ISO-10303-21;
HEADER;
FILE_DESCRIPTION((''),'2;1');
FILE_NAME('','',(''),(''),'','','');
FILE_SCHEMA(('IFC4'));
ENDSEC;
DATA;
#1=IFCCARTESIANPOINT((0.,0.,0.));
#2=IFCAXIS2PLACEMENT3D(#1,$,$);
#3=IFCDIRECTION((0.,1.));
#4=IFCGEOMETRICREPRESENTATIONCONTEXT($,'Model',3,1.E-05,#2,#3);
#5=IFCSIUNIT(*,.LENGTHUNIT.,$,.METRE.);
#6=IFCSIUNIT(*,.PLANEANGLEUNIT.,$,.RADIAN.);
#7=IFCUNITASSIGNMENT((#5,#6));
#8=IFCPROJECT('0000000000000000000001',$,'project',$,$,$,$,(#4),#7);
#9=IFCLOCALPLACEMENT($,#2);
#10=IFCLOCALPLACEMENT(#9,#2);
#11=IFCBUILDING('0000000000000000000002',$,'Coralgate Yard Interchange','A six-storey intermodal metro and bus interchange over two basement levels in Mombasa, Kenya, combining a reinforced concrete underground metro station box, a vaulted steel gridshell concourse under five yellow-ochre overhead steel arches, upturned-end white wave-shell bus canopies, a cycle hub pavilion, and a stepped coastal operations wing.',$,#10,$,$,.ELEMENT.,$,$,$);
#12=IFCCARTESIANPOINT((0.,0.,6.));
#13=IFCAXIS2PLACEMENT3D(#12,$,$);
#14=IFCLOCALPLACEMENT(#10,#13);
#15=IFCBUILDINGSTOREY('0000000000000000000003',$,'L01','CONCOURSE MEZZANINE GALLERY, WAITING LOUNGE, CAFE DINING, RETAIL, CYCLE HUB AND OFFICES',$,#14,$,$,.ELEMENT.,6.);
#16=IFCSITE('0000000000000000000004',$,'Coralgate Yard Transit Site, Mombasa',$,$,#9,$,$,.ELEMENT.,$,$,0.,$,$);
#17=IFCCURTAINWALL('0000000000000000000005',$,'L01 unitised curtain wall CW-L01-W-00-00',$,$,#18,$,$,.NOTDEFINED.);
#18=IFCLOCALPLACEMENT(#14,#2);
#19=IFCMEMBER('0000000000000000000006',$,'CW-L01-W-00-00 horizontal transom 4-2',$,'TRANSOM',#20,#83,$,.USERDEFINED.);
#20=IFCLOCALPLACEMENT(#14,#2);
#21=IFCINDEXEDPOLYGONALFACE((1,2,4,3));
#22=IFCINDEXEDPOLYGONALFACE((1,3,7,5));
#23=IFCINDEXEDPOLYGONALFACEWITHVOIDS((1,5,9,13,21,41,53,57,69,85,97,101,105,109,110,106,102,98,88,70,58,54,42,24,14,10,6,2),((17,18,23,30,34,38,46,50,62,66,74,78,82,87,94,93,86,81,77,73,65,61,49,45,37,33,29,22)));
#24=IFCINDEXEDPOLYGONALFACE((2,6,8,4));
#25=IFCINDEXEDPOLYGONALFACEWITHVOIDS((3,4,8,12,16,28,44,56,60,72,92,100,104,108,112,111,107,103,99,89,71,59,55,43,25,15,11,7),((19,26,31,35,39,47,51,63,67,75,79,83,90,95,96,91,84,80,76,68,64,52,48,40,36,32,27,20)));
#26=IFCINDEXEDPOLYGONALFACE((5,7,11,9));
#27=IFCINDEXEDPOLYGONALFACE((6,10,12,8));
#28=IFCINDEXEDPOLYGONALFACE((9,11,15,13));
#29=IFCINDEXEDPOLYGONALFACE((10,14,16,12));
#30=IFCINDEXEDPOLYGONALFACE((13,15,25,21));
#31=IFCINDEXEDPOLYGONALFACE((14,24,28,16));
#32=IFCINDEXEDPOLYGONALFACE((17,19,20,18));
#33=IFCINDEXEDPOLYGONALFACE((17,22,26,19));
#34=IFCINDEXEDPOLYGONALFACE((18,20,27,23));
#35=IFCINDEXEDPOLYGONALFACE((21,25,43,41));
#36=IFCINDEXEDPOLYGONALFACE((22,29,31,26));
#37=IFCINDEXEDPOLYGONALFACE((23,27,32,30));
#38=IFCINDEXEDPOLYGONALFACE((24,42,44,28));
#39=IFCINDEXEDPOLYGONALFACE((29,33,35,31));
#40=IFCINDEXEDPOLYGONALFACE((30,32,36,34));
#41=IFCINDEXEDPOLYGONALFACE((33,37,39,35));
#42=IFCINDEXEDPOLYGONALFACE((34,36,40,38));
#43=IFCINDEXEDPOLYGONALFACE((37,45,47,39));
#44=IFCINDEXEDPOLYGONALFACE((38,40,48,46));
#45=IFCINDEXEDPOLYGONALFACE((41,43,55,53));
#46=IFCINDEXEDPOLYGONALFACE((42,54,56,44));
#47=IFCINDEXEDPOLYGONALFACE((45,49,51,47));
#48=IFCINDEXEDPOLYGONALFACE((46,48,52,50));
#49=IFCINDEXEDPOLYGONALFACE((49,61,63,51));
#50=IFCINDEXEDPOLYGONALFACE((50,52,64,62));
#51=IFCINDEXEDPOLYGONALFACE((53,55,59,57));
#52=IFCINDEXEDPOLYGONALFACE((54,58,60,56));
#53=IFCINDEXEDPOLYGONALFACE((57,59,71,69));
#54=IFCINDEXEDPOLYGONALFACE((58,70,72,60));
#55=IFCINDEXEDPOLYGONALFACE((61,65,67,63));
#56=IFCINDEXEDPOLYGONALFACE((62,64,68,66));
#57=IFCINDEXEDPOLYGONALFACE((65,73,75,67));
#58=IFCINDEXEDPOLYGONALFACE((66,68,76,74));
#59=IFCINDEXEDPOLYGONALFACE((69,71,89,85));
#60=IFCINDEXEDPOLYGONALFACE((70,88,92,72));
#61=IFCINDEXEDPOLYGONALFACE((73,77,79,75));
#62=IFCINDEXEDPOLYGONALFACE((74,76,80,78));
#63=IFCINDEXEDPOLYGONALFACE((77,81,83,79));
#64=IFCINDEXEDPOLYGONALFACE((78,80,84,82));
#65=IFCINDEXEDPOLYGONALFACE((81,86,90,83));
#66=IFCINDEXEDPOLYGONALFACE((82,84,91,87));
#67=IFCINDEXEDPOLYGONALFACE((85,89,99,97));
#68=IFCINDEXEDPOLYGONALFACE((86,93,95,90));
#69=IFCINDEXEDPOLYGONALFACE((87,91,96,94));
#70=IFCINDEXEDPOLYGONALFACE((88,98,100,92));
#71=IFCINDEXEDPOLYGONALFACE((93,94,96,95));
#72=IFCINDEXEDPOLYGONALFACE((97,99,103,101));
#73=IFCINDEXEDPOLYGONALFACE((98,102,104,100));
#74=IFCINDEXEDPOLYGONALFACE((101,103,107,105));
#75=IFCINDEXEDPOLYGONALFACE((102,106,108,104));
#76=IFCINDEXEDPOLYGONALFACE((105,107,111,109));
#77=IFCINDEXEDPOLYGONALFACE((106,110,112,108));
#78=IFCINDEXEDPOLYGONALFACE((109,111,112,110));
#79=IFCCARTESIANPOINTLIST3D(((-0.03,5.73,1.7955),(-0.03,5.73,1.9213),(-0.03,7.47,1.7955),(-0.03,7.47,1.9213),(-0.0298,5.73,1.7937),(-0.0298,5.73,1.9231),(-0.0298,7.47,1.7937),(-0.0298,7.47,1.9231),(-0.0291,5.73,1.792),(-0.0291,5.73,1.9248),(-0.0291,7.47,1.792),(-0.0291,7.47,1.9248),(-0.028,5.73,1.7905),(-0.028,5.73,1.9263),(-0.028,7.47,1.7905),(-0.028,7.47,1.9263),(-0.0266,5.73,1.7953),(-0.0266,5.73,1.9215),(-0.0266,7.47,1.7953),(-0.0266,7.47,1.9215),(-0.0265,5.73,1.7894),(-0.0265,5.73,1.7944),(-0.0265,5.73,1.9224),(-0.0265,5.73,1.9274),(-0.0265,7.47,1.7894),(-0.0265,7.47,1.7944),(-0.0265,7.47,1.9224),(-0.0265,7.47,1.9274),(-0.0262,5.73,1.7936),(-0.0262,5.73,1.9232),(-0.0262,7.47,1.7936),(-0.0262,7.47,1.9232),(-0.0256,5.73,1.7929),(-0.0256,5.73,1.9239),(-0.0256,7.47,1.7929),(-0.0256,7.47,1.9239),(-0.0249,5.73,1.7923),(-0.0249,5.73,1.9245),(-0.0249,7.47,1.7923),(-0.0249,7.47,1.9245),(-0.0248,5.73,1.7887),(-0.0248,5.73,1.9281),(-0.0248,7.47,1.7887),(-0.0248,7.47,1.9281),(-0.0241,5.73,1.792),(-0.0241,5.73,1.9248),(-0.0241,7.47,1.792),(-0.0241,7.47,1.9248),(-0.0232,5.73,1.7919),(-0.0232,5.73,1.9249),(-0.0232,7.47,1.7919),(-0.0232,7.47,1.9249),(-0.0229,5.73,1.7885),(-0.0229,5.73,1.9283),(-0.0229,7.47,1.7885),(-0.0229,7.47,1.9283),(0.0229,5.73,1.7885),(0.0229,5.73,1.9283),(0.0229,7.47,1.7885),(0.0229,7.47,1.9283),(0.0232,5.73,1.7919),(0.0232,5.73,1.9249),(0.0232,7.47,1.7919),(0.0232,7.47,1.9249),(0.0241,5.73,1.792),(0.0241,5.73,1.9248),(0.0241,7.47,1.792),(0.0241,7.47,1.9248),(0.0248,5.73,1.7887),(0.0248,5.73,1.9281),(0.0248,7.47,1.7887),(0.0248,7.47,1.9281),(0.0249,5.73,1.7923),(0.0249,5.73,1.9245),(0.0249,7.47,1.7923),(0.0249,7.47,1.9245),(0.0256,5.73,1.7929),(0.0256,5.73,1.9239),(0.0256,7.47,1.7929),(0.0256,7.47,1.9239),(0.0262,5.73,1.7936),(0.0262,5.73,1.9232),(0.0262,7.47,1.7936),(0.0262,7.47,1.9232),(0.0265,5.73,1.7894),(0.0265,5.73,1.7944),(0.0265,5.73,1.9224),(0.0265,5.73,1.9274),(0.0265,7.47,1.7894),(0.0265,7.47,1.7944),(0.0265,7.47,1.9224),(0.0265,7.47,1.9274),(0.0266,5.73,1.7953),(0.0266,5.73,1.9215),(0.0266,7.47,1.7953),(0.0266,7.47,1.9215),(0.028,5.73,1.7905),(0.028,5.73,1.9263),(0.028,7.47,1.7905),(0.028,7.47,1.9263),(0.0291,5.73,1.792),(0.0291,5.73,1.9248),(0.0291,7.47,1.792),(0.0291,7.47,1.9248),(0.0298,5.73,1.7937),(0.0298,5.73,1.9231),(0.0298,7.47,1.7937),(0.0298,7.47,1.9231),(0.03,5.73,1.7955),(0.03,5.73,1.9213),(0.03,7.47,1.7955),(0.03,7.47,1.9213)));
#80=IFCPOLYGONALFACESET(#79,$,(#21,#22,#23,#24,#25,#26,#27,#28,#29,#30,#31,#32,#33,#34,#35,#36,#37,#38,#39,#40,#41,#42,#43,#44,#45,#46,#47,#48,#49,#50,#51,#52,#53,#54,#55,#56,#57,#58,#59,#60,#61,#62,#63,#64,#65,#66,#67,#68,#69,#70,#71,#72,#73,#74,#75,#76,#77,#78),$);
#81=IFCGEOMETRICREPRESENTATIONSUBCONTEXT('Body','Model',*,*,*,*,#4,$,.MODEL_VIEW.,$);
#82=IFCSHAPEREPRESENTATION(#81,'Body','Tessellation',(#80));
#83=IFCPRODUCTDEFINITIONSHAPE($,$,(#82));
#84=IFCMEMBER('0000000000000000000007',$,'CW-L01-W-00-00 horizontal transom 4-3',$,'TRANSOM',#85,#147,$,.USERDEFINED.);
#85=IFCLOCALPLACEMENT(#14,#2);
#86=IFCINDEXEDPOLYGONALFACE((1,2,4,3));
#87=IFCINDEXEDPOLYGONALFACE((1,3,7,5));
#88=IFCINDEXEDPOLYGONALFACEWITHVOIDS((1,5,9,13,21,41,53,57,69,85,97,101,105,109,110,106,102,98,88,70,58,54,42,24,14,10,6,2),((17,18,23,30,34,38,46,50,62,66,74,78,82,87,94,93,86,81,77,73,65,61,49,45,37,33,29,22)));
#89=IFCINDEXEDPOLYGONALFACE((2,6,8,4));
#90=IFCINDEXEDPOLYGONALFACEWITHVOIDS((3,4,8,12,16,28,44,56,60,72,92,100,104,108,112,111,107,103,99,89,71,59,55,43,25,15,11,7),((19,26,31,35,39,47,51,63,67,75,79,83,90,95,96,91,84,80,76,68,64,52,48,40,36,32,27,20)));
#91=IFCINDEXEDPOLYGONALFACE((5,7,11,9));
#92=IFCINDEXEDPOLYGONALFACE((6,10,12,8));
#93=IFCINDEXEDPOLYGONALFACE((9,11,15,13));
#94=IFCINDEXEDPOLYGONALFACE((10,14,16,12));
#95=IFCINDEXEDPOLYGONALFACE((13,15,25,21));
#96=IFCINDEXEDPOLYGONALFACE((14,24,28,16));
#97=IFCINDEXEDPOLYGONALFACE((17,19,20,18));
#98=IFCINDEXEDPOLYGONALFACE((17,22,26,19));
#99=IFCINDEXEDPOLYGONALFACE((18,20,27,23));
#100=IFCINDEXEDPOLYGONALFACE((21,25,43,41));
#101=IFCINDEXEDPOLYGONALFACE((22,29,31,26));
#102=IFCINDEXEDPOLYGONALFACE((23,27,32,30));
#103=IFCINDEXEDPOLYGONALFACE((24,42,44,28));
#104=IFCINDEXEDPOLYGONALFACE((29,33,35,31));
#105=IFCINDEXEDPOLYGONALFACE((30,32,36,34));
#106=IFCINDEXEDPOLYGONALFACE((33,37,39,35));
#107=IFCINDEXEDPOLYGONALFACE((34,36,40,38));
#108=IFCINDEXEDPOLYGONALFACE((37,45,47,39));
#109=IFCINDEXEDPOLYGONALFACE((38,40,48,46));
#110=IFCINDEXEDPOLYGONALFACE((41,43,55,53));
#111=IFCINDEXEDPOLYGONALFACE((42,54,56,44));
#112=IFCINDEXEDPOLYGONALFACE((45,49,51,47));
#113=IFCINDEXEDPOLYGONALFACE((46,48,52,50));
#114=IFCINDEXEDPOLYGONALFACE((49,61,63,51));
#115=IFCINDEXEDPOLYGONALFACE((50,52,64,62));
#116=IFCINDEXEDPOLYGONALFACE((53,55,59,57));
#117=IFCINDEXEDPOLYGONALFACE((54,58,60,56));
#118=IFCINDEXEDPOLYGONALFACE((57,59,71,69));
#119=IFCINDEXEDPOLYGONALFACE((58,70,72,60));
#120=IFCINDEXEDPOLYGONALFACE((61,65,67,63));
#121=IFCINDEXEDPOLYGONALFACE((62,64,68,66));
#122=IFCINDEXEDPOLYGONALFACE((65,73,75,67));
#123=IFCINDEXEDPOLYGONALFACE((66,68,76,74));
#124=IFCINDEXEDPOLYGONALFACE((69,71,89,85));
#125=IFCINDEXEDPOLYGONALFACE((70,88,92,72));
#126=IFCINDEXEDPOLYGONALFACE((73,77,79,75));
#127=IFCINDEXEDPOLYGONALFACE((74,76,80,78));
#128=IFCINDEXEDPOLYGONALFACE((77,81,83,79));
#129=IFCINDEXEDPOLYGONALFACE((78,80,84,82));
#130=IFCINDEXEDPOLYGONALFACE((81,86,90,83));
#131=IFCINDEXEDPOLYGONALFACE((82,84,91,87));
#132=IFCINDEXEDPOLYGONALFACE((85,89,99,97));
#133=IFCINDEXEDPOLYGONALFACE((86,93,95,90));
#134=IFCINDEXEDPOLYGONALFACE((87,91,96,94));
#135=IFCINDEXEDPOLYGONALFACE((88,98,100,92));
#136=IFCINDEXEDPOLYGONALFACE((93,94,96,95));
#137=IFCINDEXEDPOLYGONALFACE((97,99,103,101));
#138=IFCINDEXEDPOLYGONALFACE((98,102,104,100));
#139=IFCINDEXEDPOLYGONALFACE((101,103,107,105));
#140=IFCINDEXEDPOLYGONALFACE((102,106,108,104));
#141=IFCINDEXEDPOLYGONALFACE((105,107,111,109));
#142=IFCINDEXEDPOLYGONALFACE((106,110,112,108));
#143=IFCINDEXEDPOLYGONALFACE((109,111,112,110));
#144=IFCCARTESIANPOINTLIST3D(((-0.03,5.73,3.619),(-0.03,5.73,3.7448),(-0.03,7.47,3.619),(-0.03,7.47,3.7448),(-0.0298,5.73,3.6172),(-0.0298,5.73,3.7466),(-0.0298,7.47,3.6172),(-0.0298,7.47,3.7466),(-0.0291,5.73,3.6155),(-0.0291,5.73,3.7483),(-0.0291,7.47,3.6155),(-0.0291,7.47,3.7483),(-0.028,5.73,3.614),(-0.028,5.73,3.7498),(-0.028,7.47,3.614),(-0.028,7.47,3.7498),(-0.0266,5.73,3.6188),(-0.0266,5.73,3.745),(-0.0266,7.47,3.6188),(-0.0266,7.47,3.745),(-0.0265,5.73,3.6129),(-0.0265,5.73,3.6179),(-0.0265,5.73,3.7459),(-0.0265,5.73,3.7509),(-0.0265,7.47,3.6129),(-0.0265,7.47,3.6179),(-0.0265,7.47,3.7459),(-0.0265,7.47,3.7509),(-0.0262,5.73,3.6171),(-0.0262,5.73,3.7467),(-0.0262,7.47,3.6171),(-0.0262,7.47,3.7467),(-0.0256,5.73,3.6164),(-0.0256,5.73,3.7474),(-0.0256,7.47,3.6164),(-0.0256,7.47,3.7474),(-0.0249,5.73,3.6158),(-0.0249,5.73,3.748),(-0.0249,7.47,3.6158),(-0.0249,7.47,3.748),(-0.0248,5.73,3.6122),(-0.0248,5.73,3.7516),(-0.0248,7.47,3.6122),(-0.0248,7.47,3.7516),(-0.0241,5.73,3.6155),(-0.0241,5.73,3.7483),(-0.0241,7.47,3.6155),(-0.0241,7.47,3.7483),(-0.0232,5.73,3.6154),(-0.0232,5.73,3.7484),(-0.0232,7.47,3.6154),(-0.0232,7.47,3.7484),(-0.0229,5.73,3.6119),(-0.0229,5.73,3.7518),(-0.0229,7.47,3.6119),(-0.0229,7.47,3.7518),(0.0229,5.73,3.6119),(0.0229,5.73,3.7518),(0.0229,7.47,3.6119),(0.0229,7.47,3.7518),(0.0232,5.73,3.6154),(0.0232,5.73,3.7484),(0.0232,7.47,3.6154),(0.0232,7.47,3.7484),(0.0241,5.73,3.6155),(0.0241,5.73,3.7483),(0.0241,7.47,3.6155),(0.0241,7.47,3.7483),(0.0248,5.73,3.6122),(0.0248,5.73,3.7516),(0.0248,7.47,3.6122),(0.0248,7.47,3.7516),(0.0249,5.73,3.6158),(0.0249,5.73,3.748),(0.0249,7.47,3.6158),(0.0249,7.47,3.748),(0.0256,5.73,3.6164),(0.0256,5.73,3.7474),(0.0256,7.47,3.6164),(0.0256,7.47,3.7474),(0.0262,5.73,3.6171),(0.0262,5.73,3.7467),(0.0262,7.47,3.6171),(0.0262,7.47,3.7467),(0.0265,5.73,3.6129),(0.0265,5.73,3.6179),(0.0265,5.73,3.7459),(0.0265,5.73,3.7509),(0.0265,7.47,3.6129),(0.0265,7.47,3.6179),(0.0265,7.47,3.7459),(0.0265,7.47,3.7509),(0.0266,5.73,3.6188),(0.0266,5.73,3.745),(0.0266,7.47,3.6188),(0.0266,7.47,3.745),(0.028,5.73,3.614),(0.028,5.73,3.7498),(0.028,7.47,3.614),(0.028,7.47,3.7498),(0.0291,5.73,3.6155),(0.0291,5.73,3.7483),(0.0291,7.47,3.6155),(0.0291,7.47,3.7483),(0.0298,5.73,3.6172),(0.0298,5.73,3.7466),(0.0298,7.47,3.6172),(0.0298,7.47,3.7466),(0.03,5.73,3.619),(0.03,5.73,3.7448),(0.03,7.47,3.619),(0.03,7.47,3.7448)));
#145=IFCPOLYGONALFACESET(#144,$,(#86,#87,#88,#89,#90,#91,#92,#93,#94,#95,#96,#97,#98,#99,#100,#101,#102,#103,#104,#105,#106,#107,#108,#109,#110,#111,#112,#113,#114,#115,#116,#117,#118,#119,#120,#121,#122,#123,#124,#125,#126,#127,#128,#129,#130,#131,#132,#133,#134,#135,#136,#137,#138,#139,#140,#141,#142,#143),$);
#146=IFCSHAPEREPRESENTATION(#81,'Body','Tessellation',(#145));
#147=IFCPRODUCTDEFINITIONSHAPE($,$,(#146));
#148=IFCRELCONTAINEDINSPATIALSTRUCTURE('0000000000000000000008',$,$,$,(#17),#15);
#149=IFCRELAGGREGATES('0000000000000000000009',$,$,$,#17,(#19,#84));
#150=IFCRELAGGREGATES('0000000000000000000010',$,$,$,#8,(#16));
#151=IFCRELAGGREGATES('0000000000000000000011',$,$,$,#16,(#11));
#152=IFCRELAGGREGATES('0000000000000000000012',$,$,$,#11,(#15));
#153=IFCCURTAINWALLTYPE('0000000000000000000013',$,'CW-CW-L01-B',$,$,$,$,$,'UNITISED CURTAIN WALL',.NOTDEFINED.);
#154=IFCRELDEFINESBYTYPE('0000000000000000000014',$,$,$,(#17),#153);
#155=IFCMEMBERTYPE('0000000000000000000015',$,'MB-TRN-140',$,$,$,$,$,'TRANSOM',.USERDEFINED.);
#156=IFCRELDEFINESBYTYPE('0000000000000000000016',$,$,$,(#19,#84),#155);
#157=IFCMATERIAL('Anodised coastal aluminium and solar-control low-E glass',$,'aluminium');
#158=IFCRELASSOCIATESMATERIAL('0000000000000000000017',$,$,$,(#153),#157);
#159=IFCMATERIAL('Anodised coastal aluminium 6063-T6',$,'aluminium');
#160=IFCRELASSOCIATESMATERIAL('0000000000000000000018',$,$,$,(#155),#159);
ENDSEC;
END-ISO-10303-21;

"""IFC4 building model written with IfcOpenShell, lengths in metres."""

from ifc_helpers import new_model, si_unit, direction, frame, origin, origin_2d, place, context, subcontext, project, spatial, hollow_rectangle, extrude, material, material_profile, profile_set, type_object, element, aggregate, save


model = new_model("IFC4")

# Units and contexts
model_context = context("Model", 3, precision=1e-05, world=origin(), true_north=direction((0.0, 1.0)))
body_context = subcontext(model_context, "Body", "Model", "MODEL_VIEW")
ifc_project = project(units=[si_unit("LENGTHUNIT", "METRE"), si_unit("PLANEANGLEUNIT", "RADIAN")], contexts=[model_context])

# Site, building, storey
site_placement = place(None, origin())
site = spatial("IfcSite", under=ifc_project, at=site_placement, Name="Coralgate Yard Transit Site, Mombasa", CompositionType="ELEMENT", RefElevation=0.0)
building_placement = place(site_placement, origin())
building = spatial("IfcBuilding", under=site, at=building_placement, Name="Coralgate Yard Interchange", Description="A six-storey intermodal metro and bus interchange over two basement levels in Mombasa, Kenya, combining a reinforced concrete underground metro station box, a vaulted steel gridshell concourse under five yellow-ochre overhead steel arches, upturned-end white wave-shell bus canopies, a cycle hub pavilion, and a stepped coastal operations wing.", CompositionType="ELEMENT")
storey_placement = place(building_placement, frame((0.0, 0.0, 6.0)))
storey = spatial("IfcBuildingStorey", under=building, at=storey_placement, Name="L01", Description="CONCOURSE MEZZANINE GALLERY, WAITING LOUNGE, CAFE DINING, RETAIL, CYCLE HUB AND OFFICES", CompositionType="ELEMENT", Elevation=6.0)

# Curtain wall
ifc_material_1 = material(Name="Anodised coastal aluminium and solar-control low-E glass", Category="aluminium")
curtain_wall_type_1 = type_object("IfcCurtainWallType", Name="CW-CW-L01-B", ElementType="UNITISED CURTAIN WALL", PredefinedType="NOTDEFINED", material=ifc_material_1)
curtain_wall_1_placement = place(storey_placement, origin())
curtain_wall_1 = element("IfcCurtainWall", 1, at=curtain_wall_1_placement, inside=storey, type_object=curtain_wall_type_1, Name="L01 unitised curtain wall CW-L01-W-00-00", PredefinedType="NOTDEFINED")
ifc_material_2 = material(Name="Anodised coastal aluminium 6063-T6", Category="aluminium")

# Members
ifc_material_profile_1 = material_profile(ifc_material_2, hollow_rectangle(XDim=0.0601, YDim=0.1399, WallThickness=0.0034, InnerFilletRadius=0.0034, OuterFilletRadius=0.0071, at=origin_2d()), Name="ALU 60x140x3.5")
ifc_profile_set_1 = profile_set([ifc_material_profile_1], Name="Anodised coastal aluminium 6063-T6")
member_type_1 = type_object("IfcMemberType", Name="MB-TRN-140", ElementType="TRANSOM", PredefinedType="USERDEFINED", material=ifc_profile_set_1)
member_1_placement = place(storey_placement, frame((0.0, 5.73, 1.8584), z_axis=(0.0, 1.0, 0.0), x_axis=(-1.0, 0.0, 0.0)))
member_1 = element("IfcMember", 2, at=member_1_placement, type_object=member_type_1, Name="CW-L01-W-00-00 horizontal transom 4-2", ObjectType="TRANSOM", PredefinedType="USERDEFINED", context=body_context, shape_type="SweptSolid", body=[
    extrude(hollow_rectangle(XDim=0.0601, YDim=0.1399, WallThickness=0.0034, InnerFilletRadius=0.0034, OuterFilletRadius=0.0071, at=origin_2d()), origin(), (0.0, 0.0, 1.0), 1.74),
])
member_2_placement = place(storey_placement, frame((0.0, 5.73, 3.6819), z_axis=(0.0, 1.0, 0.0), x_axis=(-1.0, 0.0, 0.0)))
member_2 = element("IfcMember", 3, at=member_2_placement, type_object=member_type_1, Name="CW-L01-W-00-00 horizontal transom 4-3", ObjectType="TRANSOM", PredefinedType="USERDEFINED", context=body_context, shape_type="SweptSolid", body=[
    extrude(hollow_rectangle(XDim=0.0601, YDim=0.1399, WallThickness=0.0034, InnerFilletRadius=0.0034, OuterFilletRadius=0.0071, at=origin_2d()), origin(), (0.0, 0.0, 1.0), 1.74),
])

aggregate(curtain_wall_1, [member_1, member_2])

save(model, "model.ifc")
